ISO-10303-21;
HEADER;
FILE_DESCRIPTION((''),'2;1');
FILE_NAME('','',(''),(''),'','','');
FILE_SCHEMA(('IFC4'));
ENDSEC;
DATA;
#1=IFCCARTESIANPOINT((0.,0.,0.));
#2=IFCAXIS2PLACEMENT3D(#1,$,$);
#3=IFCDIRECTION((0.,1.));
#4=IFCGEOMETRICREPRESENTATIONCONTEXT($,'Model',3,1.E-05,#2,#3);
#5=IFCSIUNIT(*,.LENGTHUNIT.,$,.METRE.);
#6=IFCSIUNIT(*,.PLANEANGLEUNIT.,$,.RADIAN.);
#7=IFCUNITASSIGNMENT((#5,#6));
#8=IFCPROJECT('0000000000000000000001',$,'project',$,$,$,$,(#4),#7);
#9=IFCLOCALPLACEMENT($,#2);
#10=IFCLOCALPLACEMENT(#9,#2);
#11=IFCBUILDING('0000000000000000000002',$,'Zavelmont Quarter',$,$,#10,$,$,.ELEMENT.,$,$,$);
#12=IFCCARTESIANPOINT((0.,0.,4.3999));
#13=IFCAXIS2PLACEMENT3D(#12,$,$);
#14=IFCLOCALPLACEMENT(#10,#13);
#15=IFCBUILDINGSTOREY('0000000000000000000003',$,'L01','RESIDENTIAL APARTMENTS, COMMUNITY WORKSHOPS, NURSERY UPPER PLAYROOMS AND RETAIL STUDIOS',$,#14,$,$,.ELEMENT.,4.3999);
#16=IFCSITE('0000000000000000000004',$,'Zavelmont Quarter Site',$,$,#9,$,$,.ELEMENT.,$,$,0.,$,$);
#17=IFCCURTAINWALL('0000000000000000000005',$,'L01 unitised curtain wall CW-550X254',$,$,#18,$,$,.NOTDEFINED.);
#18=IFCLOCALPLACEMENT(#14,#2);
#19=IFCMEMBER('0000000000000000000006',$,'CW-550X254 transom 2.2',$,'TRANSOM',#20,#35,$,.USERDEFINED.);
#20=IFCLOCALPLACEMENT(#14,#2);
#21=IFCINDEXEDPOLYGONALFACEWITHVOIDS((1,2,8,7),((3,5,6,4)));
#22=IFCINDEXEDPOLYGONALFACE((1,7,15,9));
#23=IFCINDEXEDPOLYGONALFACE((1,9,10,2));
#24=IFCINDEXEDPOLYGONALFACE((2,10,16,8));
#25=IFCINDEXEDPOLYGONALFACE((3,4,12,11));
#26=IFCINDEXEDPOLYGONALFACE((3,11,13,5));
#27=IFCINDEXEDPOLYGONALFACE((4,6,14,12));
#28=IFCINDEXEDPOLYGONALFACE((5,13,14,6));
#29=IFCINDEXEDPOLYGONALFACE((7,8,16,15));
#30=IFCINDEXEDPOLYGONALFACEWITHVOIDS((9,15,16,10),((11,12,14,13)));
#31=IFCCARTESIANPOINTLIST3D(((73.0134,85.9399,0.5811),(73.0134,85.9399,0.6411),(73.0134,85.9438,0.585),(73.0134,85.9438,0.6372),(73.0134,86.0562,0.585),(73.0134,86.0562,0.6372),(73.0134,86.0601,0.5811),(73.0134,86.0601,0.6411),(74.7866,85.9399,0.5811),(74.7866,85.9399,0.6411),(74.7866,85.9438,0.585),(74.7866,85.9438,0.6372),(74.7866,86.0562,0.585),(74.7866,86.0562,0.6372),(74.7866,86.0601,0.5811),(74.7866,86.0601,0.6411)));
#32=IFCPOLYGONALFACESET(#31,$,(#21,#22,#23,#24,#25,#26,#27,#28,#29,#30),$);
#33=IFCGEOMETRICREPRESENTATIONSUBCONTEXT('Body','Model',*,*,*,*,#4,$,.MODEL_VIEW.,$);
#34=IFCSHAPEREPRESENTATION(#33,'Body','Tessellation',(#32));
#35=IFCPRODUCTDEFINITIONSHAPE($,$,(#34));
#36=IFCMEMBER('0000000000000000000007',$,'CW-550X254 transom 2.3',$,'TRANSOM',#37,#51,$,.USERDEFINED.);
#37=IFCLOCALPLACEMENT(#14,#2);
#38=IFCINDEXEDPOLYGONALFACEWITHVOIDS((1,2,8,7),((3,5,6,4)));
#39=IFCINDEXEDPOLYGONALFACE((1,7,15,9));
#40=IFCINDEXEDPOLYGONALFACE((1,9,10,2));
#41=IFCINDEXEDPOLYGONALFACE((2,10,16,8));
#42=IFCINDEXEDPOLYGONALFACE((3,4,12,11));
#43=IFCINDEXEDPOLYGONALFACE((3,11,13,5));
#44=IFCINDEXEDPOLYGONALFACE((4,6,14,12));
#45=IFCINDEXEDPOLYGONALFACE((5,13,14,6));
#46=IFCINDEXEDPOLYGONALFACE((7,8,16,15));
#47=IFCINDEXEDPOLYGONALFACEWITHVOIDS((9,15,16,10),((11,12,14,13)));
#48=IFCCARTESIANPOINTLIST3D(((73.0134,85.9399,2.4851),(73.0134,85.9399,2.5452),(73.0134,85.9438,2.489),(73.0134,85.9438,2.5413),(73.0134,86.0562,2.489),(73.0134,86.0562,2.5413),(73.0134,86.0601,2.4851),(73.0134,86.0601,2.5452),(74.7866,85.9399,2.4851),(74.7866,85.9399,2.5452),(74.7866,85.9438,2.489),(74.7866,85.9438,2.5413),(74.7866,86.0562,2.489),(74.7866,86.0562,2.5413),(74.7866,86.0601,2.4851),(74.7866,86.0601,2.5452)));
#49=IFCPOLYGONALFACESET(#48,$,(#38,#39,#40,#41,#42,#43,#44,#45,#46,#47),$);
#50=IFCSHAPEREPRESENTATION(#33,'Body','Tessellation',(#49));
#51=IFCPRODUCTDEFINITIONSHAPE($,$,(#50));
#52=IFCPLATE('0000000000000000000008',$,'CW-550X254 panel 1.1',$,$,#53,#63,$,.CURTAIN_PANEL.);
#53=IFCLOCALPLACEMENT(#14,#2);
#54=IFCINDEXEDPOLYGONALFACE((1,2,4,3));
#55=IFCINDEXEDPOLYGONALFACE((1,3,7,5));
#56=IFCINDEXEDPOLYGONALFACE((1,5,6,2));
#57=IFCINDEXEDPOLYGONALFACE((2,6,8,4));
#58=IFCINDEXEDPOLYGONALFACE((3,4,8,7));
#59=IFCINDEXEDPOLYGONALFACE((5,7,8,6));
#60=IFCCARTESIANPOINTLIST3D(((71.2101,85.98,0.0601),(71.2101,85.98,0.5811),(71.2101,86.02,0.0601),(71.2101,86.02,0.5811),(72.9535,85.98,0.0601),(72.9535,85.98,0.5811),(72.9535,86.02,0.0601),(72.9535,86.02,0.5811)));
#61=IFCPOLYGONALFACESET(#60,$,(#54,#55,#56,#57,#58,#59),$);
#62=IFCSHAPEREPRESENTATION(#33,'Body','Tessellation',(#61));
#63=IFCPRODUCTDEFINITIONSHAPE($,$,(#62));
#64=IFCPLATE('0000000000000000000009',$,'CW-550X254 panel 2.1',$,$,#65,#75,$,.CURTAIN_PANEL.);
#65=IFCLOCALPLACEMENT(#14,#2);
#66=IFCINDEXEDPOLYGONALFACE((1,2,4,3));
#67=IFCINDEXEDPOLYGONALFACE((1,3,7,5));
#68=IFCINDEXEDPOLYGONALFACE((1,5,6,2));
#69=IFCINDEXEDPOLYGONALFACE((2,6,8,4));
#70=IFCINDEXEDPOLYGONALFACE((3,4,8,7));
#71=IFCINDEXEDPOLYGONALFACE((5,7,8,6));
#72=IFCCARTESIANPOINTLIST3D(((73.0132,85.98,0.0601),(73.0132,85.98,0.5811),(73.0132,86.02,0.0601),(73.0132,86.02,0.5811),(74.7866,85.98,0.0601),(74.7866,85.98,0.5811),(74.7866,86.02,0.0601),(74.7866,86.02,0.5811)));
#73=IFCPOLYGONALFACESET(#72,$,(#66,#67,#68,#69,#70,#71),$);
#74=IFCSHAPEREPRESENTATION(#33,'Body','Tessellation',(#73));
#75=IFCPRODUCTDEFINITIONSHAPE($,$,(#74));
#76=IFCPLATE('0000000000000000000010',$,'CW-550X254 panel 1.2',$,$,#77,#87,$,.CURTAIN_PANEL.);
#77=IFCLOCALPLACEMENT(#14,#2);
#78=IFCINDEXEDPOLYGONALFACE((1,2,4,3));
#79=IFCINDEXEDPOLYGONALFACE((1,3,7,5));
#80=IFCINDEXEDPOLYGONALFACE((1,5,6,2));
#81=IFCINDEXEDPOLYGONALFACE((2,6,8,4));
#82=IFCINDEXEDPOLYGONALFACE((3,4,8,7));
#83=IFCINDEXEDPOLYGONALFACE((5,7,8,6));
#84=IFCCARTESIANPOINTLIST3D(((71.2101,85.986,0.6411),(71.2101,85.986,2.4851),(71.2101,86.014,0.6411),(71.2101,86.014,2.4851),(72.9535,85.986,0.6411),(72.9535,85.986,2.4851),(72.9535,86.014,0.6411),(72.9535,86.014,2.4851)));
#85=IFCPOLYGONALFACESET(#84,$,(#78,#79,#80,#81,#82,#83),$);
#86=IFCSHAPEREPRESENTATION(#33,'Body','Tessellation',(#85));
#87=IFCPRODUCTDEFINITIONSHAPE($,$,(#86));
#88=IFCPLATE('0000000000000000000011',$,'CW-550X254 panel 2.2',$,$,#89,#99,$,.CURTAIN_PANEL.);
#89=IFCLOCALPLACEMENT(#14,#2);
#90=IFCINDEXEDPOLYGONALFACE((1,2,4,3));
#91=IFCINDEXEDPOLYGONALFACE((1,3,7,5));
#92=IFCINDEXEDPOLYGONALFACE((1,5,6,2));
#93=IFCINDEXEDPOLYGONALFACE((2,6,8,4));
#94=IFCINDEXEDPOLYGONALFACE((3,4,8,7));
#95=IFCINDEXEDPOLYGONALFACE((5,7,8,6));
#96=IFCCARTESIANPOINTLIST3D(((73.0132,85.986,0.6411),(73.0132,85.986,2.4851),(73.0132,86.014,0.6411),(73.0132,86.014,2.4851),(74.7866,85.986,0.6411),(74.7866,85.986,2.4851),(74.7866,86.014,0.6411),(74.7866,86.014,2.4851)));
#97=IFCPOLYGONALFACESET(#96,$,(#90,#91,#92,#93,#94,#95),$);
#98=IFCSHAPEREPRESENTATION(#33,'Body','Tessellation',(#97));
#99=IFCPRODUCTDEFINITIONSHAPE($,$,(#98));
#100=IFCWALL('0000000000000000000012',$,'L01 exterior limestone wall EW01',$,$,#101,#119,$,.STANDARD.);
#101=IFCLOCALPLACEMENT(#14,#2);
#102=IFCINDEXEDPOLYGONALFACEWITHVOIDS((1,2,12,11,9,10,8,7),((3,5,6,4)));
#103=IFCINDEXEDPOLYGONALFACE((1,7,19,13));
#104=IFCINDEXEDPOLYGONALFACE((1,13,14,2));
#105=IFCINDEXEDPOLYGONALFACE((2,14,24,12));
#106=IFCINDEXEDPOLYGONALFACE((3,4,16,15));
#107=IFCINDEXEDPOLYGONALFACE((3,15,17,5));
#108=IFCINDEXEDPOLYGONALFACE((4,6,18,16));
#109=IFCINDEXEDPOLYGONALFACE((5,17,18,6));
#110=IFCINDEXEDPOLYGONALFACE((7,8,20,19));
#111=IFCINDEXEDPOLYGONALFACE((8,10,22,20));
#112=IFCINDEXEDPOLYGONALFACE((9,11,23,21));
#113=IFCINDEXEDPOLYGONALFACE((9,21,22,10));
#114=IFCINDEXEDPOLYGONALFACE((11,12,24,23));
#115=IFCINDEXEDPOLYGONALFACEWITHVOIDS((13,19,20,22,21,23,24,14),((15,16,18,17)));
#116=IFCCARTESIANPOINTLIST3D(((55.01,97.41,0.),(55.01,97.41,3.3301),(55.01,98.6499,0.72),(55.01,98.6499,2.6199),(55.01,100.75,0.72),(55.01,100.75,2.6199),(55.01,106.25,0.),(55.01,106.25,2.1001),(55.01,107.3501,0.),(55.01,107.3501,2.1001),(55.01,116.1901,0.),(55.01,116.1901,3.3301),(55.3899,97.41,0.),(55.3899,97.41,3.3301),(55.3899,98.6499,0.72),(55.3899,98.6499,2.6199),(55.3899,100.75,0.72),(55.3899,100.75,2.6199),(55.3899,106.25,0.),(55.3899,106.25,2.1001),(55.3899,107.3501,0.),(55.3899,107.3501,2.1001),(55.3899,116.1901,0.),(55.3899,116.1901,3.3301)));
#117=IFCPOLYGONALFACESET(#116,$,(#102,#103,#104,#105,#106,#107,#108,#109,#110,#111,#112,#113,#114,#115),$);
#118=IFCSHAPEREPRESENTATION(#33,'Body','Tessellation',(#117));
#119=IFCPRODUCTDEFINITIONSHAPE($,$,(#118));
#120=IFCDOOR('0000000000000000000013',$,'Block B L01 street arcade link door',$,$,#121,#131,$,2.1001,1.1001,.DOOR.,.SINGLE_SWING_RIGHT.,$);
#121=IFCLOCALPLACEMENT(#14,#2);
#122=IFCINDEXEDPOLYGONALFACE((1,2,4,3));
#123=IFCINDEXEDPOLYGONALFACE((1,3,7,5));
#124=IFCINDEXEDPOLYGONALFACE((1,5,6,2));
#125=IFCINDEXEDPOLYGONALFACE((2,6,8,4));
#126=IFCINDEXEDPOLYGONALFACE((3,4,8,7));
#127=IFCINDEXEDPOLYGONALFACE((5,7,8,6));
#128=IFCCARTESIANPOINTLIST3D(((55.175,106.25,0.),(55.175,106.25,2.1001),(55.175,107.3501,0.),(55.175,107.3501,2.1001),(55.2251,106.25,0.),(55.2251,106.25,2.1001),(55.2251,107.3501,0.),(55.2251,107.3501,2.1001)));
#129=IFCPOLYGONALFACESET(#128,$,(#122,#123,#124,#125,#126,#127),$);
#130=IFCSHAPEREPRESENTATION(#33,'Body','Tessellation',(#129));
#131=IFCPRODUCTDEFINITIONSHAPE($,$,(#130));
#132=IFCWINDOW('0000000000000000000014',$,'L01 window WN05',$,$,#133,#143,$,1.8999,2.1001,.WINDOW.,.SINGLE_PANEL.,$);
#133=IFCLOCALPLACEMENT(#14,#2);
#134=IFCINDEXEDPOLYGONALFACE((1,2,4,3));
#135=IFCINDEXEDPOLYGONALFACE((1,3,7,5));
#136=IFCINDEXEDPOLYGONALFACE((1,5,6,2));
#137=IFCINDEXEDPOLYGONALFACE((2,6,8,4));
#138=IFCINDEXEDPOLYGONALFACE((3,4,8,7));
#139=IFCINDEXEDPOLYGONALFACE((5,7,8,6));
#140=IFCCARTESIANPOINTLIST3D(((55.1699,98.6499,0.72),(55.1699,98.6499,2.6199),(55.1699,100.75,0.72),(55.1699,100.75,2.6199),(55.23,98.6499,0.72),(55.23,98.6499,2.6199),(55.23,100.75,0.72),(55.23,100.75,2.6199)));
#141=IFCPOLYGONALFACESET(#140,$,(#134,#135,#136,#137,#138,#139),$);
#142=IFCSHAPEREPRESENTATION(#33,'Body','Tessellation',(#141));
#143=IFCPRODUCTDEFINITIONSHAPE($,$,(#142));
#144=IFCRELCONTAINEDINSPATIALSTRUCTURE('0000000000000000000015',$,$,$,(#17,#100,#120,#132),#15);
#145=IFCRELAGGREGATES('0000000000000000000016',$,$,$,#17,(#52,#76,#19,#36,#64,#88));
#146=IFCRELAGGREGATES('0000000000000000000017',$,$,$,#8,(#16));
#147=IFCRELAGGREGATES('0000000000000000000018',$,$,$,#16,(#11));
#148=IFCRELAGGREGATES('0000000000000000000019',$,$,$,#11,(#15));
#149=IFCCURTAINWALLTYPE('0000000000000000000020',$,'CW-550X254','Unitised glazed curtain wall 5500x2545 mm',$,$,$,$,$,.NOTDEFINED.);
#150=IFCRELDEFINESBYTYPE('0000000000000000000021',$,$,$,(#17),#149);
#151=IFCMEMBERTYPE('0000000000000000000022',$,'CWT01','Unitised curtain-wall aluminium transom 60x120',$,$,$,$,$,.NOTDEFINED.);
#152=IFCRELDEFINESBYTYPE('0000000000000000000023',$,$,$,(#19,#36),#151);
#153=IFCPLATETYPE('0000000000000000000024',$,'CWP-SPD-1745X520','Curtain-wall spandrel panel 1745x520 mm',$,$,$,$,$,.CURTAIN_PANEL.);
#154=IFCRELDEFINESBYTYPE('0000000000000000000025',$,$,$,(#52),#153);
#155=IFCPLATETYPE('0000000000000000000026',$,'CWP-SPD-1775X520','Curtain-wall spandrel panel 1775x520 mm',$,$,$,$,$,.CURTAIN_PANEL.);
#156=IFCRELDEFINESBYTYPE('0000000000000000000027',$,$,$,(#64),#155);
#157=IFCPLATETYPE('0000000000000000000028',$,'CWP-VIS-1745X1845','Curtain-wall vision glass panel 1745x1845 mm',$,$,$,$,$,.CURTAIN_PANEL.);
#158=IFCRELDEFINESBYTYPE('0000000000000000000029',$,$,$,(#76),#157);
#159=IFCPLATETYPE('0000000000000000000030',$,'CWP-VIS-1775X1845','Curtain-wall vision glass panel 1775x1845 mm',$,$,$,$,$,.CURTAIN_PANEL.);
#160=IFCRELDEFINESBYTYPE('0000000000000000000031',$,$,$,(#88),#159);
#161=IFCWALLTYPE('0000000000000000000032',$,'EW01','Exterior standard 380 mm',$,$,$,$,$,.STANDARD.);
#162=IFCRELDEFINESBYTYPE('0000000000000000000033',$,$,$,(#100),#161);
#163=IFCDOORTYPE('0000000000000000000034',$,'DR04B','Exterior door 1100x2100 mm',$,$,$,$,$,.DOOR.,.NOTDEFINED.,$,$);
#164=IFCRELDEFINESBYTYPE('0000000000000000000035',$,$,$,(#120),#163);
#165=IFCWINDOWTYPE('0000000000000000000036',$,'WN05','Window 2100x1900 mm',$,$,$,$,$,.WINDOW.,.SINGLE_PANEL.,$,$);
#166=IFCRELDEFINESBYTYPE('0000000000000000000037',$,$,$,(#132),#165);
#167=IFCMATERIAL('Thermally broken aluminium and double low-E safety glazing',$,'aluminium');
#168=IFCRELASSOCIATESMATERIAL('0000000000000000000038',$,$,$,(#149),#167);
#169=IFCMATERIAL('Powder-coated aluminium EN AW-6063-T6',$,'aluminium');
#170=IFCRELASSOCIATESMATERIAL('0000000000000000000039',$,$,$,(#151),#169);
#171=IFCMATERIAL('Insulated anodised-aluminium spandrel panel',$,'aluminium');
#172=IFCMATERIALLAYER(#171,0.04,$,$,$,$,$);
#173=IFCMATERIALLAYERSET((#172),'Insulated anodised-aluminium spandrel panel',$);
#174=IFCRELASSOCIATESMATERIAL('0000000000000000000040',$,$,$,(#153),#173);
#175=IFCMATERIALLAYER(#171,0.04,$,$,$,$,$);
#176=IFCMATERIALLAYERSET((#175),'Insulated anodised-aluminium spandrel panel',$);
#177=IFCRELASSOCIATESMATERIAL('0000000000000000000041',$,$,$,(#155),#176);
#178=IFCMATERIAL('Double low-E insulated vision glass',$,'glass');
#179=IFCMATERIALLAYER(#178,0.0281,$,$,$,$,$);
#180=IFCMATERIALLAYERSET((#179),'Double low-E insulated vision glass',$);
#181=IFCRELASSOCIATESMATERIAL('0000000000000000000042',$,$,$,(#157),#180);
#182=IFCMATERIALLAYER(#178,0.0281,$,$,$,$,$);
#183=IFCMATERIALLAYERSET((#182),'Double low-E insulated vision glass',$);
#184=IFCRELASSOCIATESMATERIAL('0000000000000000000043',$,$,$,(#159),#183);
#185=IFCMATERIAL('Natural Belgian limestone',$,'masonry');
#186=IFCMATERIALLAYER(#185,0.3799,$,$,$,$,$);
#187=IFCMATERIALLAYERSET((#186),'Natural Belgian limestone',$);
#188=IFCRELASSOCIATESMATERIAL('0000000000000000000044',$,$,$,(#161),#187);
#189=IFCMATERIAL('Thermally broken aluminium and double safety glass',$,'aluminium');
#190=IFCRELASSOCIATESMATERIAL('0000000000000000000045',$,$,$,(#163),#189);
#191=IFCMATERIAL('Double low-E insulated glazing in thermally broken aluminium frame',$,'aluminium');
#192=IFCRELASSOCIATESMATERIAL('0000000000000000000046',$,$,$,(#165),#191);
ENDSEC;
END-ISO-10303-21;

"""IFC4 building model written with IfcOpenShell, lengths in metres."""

from ifc_helpers import new_model, si_unit, direction, frame, frame_2d, origin, origin_with_axes, origin_2d, place, context, subcontext, project, spatial, rectangle, hollow_rectangle, extrude, material, layer, layer_set, material_profile, profile_set, type_object, element, fill, aggregate, save


model = new_model("IFC4")

# Units and contexts
model_context = context("Model", 3, precision=1e-05, world=origin(), true_north=direction((0.0, 1.0)))
body_context = subcontext(model_context, "Body", "Model", "MODEL_VIEW")
ifc_project = project(units=[si_unit("LENGTHUNIT", "METRE"), si_unit("PLANEANGLEUNIT", "RADIAN")], contexts=[model_context])

# Site, building, storey
site_placement = place(None, origin())
site = spatial("IfcSite", under=ifc_project, at=site_placement, Name="Zavelmont Quarter Site", CompositionType="ELEMENT", RefElevation=0.0)
building_placement = place(site_placement, origin())
building = spatial("IfcBuilding", under=site, at=building_placement, Name="Zavelmont Quarter", CompositionType="ELEMENT")
storey_placement = place(building_placement, frame((0.0, 0.0, 4.3999)))
storey = spatial("IfcBuildingStorey", under=building, at=storey_placement, Name="L01", Description="RESIDENTIAL APARTMENTS, COMMUNITY WORKSHOPS, NURSERY UPPER PLAYROOMS AND RETAIL STUDIOS", CompositionType="ELEMENT", Elevation=4.3999)

# Curtain wall, members, plates
ifc_material_1 = material(Name="Thermally broken aluminium and double low-E safety glazing", Category="aluminium")
curtain_wall_type = type_object("IfcCurtainWallType", Name="CW-550X254", Description="Unitised glazed curtain wall 5500x2545 mm", PredefinedType="NOTDEFINED", material=ifc_material_1)
curtain_wall_placement = place(storey_placement, origin())
curtain_wall = element("IfcCurtainWall", 1, at=curtain_wall_placement, inside=storey, type_object=curtain_wall_type, Name="L01 unitised curtain wall CW-550X254", PredefinedType="NOTDEFINED")
ifc_material_2 = material(Name="Powder-coated aluminium EN AW-6063-T6", Category="aluminium")
ifc_material_profile_1 = material_profile(ifc_material_2, hollow_rectangle(XDim=0.1201, YDim=0.0601, WallThickness=0.0039, at=origin_2d()), Name="CWT60X120")
ifc_profile_set_1 = profile_set([ifc_material_profile_1], Name="Powder-coated aluminium EN AW-6063-T6")
member_type_1 = type_object("IfcMemberType", Name="CWT01", Description="Unitised curtain-wall aluminium transom 60x120", PredefinedType="NOTDEFINED", material=ifc_profile_set_1)
member_1_placement = place(storey_placement, frame((73.0134, 86.0, 0.6111), z_axis=(1.0, 0.0, 0.0), x_axis=(0.0, 1.0, 0.0)))
member_1 = element("IfcMember", 2, at=member_1_placement, type_object=member_type_1, Name="CW-550X254 transom 2.2", ObjectType="TRANSOM", PredefinedType="USERDEFINED", context=body_context, shape_type="SweptSolid", body=[
    extrude(hollow_rectangle(XDim=0.1201, YDim=0.0601, WallThickness=0.0039, at=origin_2d()), origin(), (0.0, 0.0, 1.0), 1.7732),
])
member_2_placement = place(storey_placement, frame((73.0134, 86.0, 2.5151), z_axis=(1.0, 0.0, 0.0), x_axis=(0.0, 1.0, 0.0)))
member_2 = element("IfcMember", 3, at=member_2_placement, type_object=member_type_1, Name="CW-550X254 transom 2.3", ObjectType="TRANSOM", PredefinedType="USERDEFINED", context=body_context, shape_type="SweptSolid", body=[
    extrude(hollow_rectangle(XDim=0.1201, YDim=0.0601, WallThickness=0.0039, at=origin_2d()), origin(), (0.0, 0.0, 1.0), 1.7732),
])
ifc_material_3 = material(Name="Insulated anodised-aluminium spandrel panel", Category="aluminium")
ifc_layer_1 = layer(ifc_material_3, 0.04)
ifc_layer_set_1 = layer_set([ifc_layer_1], Name="Insulated anodised-aluminium spandrel panel")
plate_type_1 = type_object("IfcPlateType", Name="CWP-SPD-1745X520", Description="Curtain-wall spandrel panel 1745x520 mm", PredefinedType="CURTAIN_PANEL", material=ifc_layer_set_1)
plate_1_placement = place(storey_placement, frame((72.0818, 86.0, 0.0601), z_axis=(0.0, 0.0, 1.0), x_axis=(1.0, 0.0, 0.0)))
plate_1 = element("IfcPlate", 4, at=plate_1_placement, type_object=plate_type_1, Name="CW-550X254 panel 1.1", PredefinedType="CURTAIN_PANEL", context=body_context, shape_type="SweptSolid", body=[
    extrude(rectangle(XDim=1.7434, YDim=0.04, at=origin_2d()), origin(), (0.0, 0.0, 1.0), 0.521),
])
ifc_layer_2 = layer(ifc_material_3, 0.04)
ifc_layer_set_2 = layer_set([ifc_layer_2], Name="Insulated anodised-aluminium spandrel panel")
plate_type_2 = type_object("IfcPlateType", Name="CWP-SPD-1775X520", Description="Curtain-wall spandrel panel 1775x520 mm", PredefinedType="CURTAIN_PANEL", material=ifc_layer_set_2)
plate_2_placement = place(storey_placement, frame((73.8999, 86.0, 0.0601), z_axis=(0.0, 0.0, 1.0), x_axis=(1.0, 0.0, 0.0)))
plate_2 = element("IfcPlate", 5, at=plate_2_placement, type_object=plate_type_2, Name="CW-550X254 panel 2.1", PredefinedType="CURTAIN_PANEL", context=body_context, shape_type="SweptSolid", body=[
    extrude(rectangle(XDim=1.7734, YDim=0.04, at=origin_2d()), origin(), (0.0, 0.0, 1.0), 0.521),
])
ifc_material_4 = material(Name="Double low-E insulated vision glass", Category="glass")
ifc_layer_3 = layer(ifc_material_4, 0.0281)
ifc_layer_set_3 = layer_set([ifc_layer_3], Name="Double low-E insulated vision glass")
plate_type_3 = type_object("IfcPlateType", Name="CWP-VIS-1745X1845", Description="Curtain-wall vision glass panel 1745x1845 mm", PredefinedType="CURTAIN_PANEL", material=ifc_layer_set_3)
plate_3_placement = place(storey_placement, frame((72.0818, 86.0, 0.6411), z_axis=(0.0, 0.0, 1.0), x_axis=(1.0, 0.0, 0.0)))
plate_3 = element("IfcPlate", 6, at=plate_3_placement, type_object=plate_type_3, Name="CW-550X254 panel 1.2", PredefinedType="CURTAIN_PANEL", context=body_context, shape_type="SweptSolid", body=[
    extrude(rectangle(XDim=1.7434, YDim=0.0281, at=origin_2d()), origin(), (0.0, 0.0, 1.0), 1.844),
])
ifc_layer_4 = layer(ifc_material_4, 0.0281)
ifc_layer_set_4 = layer_set([ifc_layer_4], Name="Double low-E insulated vision glass")
plate_type_4 = type_object("IfcPlateType", Name="CWP-VIS-1775X1845", Description="Curtain-wall vision glass panel 1775x1845 mm", PredefinedType="CURTAIN_PANEL", material=ifc_layer_set_4)
plate_4_placement = place(storey_placement, frame((73.8999, 86.0, 0.6411), z_axis=(0.0, 0.0, 1.0), x_axis=(1.0, 0.0, 0.0)))
plate_4 = element("IfcPlate", 7, at=plate_4_placement, type_object=plate_type_4, Name="CW-550X254 panel 2.2", PredefinedType="CURTAIN_PANEL", context=body_context, shape_type="SweptSolid", body=[
    extrude(rectangle(XDim=1.7734, YDim=0.0281, at=origin_2d()), origin(), (0.0, 0.0, 1.0), 1.844),
])
aggregate(curtain_wall, [plate_1, plate_3, member_1, member_2, plate_2, plate_4])

# Wall, openings, door, window
ifc_material_5 = material(Name="Natural Belgian limestone", Category="masonry")
ifc_layer_5 = layer(ifc_material_5, 0.3799)
ifc_layer_set_5 = layer_set([ifc_layer_5], Name="Natural Belgian limestone")
wall_type_1 = type_object("IfcWallType", Name="EW01", Description="Exterior standard 380 mm", PredefinedType="STANDARD", material=ifc_layer_set_5)
wall_1_placement = place(storey_placement, frame((55.2, 97.4099, 0.0), z_axis=(0.0, 0.0, 1.0), x_axis=(0.0, 1.0, 0.0)))
wall_1 = element("IfcWall", 8, at=wall_1_placement, inside=storey, type_object=wall_type_1, Name="L01 exterior limestone wall EW01", PredefinedType="STANDARD", context=body_context, shape_type="SweptSolid", body=[
    extrude(rectangle(XDim=18.78, YDim=0.3799, at=frame_2d((9.3901, 0.0))), origin(), (0.0, 0.0, 1.0), 3.3301),
])
opening_1_placement = place(wall_1_placement, frame((8.8401, 0.0, 0.0)))
opening_1 = element("IfcOpeningElement", 9, at=opening_1_placement, cuts=wall_1, PredefinedType="OPENING", context=body_context, shape_type="SweptSolid", body=[
    extrude(rectangle(XDim=1.1001, YDim=2.1001, at=frame_2d((0.55, 1.05))), frame((0.0, 0.2019, 0.0), z_axis=(0.0, -1.0, 0.0), x_axis=(1.0, 0.0, 0.0)), (0.0, 0.0, 1.0), 0.4038),
])
opening_2_placement = place(wall_1_placement, frame((1.24, 0.0, 0.72)))
opening_2 = element("IfcOpeningElement", 10, at=opening_2_placement, cuts=wall_1, PredefinedType="OPENING", context=body_context, shape_type="SweptSolid", body=[
    extrude(rectangle(XDim=2.1001, YDim=1.8999, at=frame_2d((1.05, 0.95))), frame((0.0, 0.2019, 0.0), z_axis=(0.0, -1.0, 0.0), x_axis=(1.0, 0.0, 0.0)), (0.0, 0.0, 1.0), 0.4038),
])
ifc_material_6 = material(Name="Thermally broken aluminium and double safety glass", Category="aluminium")
door_type_1 = type_object("IfcDoorType", Name="DR04B", Description="Exterior door 1100x2100 mm", OperationType="NOTDEFINED", PredefinedType="DOOR", material=ifc_material_6)
door_1_placement = place(opening_1_placement, origin_with_axes())
door_1 = element("IfcDoor", 11, at=door_1_placement, inside=storey, type_object=door_type_1, Name="Block B L01 street arcade link door", OperationType="SINGLE_SWING_RIGHT", OverallHeight=2.1001, OverallWidth=1.1001, PredefinedType="DOOR", context=body_context, shape_type="SweptSolid", body=[
    extrude(rectangle(XDim=1.1001, YDim=2.1001, at=frame_2d((0.55, 1.05))), frame((0.0, 0.0249, 0.0), z_axis=(0.0, -1.0, 0.0), x_axis=(1.0, 0.0, 0.0)), (0.0, 0.0, 1.0), 0.05),
])
fill(opening_1, door_1)
ifc_material_7 = material(Name="Double low-E insulated glazing in thermally broken aluminium frame", Category="aluminium")
window_type_1 = type_object("IfcWindowType", Name="WN05", Description="Window 2100x1900 mm", PartitioningType="SINGLE_PANEL", PredefinedType="WINDOW", material=ifc_material_7)
window_1_placement = place(opening_2_placement, origin_with_axes())
window_1 = element("IfcWindow", 12, at=window_1_placement, inside=storey, type_object=window_type_1, Name="L01 window WN05", OverallHeight=1.8999, OverallWidth=2.1001, PartitioningType="SINGLE_PANEL", PredefinedType="WINDOW", context=body_context, shape_type="SweptSolid", body=[
    extrude(rectangle(XDim=2.1001, YDim=1.8999, at=frame_2d((1.05, 0.95))), frame((0.0, 0.03, 0.0), z_axis=(0.0, -1.0, 0.0), x_axis=(1.0, 0.0, 0.0)), (0.0, 0.0, 1.0), 0.0601),
])
fill(opening_2, window_1)

save(model, "model.ifc")
